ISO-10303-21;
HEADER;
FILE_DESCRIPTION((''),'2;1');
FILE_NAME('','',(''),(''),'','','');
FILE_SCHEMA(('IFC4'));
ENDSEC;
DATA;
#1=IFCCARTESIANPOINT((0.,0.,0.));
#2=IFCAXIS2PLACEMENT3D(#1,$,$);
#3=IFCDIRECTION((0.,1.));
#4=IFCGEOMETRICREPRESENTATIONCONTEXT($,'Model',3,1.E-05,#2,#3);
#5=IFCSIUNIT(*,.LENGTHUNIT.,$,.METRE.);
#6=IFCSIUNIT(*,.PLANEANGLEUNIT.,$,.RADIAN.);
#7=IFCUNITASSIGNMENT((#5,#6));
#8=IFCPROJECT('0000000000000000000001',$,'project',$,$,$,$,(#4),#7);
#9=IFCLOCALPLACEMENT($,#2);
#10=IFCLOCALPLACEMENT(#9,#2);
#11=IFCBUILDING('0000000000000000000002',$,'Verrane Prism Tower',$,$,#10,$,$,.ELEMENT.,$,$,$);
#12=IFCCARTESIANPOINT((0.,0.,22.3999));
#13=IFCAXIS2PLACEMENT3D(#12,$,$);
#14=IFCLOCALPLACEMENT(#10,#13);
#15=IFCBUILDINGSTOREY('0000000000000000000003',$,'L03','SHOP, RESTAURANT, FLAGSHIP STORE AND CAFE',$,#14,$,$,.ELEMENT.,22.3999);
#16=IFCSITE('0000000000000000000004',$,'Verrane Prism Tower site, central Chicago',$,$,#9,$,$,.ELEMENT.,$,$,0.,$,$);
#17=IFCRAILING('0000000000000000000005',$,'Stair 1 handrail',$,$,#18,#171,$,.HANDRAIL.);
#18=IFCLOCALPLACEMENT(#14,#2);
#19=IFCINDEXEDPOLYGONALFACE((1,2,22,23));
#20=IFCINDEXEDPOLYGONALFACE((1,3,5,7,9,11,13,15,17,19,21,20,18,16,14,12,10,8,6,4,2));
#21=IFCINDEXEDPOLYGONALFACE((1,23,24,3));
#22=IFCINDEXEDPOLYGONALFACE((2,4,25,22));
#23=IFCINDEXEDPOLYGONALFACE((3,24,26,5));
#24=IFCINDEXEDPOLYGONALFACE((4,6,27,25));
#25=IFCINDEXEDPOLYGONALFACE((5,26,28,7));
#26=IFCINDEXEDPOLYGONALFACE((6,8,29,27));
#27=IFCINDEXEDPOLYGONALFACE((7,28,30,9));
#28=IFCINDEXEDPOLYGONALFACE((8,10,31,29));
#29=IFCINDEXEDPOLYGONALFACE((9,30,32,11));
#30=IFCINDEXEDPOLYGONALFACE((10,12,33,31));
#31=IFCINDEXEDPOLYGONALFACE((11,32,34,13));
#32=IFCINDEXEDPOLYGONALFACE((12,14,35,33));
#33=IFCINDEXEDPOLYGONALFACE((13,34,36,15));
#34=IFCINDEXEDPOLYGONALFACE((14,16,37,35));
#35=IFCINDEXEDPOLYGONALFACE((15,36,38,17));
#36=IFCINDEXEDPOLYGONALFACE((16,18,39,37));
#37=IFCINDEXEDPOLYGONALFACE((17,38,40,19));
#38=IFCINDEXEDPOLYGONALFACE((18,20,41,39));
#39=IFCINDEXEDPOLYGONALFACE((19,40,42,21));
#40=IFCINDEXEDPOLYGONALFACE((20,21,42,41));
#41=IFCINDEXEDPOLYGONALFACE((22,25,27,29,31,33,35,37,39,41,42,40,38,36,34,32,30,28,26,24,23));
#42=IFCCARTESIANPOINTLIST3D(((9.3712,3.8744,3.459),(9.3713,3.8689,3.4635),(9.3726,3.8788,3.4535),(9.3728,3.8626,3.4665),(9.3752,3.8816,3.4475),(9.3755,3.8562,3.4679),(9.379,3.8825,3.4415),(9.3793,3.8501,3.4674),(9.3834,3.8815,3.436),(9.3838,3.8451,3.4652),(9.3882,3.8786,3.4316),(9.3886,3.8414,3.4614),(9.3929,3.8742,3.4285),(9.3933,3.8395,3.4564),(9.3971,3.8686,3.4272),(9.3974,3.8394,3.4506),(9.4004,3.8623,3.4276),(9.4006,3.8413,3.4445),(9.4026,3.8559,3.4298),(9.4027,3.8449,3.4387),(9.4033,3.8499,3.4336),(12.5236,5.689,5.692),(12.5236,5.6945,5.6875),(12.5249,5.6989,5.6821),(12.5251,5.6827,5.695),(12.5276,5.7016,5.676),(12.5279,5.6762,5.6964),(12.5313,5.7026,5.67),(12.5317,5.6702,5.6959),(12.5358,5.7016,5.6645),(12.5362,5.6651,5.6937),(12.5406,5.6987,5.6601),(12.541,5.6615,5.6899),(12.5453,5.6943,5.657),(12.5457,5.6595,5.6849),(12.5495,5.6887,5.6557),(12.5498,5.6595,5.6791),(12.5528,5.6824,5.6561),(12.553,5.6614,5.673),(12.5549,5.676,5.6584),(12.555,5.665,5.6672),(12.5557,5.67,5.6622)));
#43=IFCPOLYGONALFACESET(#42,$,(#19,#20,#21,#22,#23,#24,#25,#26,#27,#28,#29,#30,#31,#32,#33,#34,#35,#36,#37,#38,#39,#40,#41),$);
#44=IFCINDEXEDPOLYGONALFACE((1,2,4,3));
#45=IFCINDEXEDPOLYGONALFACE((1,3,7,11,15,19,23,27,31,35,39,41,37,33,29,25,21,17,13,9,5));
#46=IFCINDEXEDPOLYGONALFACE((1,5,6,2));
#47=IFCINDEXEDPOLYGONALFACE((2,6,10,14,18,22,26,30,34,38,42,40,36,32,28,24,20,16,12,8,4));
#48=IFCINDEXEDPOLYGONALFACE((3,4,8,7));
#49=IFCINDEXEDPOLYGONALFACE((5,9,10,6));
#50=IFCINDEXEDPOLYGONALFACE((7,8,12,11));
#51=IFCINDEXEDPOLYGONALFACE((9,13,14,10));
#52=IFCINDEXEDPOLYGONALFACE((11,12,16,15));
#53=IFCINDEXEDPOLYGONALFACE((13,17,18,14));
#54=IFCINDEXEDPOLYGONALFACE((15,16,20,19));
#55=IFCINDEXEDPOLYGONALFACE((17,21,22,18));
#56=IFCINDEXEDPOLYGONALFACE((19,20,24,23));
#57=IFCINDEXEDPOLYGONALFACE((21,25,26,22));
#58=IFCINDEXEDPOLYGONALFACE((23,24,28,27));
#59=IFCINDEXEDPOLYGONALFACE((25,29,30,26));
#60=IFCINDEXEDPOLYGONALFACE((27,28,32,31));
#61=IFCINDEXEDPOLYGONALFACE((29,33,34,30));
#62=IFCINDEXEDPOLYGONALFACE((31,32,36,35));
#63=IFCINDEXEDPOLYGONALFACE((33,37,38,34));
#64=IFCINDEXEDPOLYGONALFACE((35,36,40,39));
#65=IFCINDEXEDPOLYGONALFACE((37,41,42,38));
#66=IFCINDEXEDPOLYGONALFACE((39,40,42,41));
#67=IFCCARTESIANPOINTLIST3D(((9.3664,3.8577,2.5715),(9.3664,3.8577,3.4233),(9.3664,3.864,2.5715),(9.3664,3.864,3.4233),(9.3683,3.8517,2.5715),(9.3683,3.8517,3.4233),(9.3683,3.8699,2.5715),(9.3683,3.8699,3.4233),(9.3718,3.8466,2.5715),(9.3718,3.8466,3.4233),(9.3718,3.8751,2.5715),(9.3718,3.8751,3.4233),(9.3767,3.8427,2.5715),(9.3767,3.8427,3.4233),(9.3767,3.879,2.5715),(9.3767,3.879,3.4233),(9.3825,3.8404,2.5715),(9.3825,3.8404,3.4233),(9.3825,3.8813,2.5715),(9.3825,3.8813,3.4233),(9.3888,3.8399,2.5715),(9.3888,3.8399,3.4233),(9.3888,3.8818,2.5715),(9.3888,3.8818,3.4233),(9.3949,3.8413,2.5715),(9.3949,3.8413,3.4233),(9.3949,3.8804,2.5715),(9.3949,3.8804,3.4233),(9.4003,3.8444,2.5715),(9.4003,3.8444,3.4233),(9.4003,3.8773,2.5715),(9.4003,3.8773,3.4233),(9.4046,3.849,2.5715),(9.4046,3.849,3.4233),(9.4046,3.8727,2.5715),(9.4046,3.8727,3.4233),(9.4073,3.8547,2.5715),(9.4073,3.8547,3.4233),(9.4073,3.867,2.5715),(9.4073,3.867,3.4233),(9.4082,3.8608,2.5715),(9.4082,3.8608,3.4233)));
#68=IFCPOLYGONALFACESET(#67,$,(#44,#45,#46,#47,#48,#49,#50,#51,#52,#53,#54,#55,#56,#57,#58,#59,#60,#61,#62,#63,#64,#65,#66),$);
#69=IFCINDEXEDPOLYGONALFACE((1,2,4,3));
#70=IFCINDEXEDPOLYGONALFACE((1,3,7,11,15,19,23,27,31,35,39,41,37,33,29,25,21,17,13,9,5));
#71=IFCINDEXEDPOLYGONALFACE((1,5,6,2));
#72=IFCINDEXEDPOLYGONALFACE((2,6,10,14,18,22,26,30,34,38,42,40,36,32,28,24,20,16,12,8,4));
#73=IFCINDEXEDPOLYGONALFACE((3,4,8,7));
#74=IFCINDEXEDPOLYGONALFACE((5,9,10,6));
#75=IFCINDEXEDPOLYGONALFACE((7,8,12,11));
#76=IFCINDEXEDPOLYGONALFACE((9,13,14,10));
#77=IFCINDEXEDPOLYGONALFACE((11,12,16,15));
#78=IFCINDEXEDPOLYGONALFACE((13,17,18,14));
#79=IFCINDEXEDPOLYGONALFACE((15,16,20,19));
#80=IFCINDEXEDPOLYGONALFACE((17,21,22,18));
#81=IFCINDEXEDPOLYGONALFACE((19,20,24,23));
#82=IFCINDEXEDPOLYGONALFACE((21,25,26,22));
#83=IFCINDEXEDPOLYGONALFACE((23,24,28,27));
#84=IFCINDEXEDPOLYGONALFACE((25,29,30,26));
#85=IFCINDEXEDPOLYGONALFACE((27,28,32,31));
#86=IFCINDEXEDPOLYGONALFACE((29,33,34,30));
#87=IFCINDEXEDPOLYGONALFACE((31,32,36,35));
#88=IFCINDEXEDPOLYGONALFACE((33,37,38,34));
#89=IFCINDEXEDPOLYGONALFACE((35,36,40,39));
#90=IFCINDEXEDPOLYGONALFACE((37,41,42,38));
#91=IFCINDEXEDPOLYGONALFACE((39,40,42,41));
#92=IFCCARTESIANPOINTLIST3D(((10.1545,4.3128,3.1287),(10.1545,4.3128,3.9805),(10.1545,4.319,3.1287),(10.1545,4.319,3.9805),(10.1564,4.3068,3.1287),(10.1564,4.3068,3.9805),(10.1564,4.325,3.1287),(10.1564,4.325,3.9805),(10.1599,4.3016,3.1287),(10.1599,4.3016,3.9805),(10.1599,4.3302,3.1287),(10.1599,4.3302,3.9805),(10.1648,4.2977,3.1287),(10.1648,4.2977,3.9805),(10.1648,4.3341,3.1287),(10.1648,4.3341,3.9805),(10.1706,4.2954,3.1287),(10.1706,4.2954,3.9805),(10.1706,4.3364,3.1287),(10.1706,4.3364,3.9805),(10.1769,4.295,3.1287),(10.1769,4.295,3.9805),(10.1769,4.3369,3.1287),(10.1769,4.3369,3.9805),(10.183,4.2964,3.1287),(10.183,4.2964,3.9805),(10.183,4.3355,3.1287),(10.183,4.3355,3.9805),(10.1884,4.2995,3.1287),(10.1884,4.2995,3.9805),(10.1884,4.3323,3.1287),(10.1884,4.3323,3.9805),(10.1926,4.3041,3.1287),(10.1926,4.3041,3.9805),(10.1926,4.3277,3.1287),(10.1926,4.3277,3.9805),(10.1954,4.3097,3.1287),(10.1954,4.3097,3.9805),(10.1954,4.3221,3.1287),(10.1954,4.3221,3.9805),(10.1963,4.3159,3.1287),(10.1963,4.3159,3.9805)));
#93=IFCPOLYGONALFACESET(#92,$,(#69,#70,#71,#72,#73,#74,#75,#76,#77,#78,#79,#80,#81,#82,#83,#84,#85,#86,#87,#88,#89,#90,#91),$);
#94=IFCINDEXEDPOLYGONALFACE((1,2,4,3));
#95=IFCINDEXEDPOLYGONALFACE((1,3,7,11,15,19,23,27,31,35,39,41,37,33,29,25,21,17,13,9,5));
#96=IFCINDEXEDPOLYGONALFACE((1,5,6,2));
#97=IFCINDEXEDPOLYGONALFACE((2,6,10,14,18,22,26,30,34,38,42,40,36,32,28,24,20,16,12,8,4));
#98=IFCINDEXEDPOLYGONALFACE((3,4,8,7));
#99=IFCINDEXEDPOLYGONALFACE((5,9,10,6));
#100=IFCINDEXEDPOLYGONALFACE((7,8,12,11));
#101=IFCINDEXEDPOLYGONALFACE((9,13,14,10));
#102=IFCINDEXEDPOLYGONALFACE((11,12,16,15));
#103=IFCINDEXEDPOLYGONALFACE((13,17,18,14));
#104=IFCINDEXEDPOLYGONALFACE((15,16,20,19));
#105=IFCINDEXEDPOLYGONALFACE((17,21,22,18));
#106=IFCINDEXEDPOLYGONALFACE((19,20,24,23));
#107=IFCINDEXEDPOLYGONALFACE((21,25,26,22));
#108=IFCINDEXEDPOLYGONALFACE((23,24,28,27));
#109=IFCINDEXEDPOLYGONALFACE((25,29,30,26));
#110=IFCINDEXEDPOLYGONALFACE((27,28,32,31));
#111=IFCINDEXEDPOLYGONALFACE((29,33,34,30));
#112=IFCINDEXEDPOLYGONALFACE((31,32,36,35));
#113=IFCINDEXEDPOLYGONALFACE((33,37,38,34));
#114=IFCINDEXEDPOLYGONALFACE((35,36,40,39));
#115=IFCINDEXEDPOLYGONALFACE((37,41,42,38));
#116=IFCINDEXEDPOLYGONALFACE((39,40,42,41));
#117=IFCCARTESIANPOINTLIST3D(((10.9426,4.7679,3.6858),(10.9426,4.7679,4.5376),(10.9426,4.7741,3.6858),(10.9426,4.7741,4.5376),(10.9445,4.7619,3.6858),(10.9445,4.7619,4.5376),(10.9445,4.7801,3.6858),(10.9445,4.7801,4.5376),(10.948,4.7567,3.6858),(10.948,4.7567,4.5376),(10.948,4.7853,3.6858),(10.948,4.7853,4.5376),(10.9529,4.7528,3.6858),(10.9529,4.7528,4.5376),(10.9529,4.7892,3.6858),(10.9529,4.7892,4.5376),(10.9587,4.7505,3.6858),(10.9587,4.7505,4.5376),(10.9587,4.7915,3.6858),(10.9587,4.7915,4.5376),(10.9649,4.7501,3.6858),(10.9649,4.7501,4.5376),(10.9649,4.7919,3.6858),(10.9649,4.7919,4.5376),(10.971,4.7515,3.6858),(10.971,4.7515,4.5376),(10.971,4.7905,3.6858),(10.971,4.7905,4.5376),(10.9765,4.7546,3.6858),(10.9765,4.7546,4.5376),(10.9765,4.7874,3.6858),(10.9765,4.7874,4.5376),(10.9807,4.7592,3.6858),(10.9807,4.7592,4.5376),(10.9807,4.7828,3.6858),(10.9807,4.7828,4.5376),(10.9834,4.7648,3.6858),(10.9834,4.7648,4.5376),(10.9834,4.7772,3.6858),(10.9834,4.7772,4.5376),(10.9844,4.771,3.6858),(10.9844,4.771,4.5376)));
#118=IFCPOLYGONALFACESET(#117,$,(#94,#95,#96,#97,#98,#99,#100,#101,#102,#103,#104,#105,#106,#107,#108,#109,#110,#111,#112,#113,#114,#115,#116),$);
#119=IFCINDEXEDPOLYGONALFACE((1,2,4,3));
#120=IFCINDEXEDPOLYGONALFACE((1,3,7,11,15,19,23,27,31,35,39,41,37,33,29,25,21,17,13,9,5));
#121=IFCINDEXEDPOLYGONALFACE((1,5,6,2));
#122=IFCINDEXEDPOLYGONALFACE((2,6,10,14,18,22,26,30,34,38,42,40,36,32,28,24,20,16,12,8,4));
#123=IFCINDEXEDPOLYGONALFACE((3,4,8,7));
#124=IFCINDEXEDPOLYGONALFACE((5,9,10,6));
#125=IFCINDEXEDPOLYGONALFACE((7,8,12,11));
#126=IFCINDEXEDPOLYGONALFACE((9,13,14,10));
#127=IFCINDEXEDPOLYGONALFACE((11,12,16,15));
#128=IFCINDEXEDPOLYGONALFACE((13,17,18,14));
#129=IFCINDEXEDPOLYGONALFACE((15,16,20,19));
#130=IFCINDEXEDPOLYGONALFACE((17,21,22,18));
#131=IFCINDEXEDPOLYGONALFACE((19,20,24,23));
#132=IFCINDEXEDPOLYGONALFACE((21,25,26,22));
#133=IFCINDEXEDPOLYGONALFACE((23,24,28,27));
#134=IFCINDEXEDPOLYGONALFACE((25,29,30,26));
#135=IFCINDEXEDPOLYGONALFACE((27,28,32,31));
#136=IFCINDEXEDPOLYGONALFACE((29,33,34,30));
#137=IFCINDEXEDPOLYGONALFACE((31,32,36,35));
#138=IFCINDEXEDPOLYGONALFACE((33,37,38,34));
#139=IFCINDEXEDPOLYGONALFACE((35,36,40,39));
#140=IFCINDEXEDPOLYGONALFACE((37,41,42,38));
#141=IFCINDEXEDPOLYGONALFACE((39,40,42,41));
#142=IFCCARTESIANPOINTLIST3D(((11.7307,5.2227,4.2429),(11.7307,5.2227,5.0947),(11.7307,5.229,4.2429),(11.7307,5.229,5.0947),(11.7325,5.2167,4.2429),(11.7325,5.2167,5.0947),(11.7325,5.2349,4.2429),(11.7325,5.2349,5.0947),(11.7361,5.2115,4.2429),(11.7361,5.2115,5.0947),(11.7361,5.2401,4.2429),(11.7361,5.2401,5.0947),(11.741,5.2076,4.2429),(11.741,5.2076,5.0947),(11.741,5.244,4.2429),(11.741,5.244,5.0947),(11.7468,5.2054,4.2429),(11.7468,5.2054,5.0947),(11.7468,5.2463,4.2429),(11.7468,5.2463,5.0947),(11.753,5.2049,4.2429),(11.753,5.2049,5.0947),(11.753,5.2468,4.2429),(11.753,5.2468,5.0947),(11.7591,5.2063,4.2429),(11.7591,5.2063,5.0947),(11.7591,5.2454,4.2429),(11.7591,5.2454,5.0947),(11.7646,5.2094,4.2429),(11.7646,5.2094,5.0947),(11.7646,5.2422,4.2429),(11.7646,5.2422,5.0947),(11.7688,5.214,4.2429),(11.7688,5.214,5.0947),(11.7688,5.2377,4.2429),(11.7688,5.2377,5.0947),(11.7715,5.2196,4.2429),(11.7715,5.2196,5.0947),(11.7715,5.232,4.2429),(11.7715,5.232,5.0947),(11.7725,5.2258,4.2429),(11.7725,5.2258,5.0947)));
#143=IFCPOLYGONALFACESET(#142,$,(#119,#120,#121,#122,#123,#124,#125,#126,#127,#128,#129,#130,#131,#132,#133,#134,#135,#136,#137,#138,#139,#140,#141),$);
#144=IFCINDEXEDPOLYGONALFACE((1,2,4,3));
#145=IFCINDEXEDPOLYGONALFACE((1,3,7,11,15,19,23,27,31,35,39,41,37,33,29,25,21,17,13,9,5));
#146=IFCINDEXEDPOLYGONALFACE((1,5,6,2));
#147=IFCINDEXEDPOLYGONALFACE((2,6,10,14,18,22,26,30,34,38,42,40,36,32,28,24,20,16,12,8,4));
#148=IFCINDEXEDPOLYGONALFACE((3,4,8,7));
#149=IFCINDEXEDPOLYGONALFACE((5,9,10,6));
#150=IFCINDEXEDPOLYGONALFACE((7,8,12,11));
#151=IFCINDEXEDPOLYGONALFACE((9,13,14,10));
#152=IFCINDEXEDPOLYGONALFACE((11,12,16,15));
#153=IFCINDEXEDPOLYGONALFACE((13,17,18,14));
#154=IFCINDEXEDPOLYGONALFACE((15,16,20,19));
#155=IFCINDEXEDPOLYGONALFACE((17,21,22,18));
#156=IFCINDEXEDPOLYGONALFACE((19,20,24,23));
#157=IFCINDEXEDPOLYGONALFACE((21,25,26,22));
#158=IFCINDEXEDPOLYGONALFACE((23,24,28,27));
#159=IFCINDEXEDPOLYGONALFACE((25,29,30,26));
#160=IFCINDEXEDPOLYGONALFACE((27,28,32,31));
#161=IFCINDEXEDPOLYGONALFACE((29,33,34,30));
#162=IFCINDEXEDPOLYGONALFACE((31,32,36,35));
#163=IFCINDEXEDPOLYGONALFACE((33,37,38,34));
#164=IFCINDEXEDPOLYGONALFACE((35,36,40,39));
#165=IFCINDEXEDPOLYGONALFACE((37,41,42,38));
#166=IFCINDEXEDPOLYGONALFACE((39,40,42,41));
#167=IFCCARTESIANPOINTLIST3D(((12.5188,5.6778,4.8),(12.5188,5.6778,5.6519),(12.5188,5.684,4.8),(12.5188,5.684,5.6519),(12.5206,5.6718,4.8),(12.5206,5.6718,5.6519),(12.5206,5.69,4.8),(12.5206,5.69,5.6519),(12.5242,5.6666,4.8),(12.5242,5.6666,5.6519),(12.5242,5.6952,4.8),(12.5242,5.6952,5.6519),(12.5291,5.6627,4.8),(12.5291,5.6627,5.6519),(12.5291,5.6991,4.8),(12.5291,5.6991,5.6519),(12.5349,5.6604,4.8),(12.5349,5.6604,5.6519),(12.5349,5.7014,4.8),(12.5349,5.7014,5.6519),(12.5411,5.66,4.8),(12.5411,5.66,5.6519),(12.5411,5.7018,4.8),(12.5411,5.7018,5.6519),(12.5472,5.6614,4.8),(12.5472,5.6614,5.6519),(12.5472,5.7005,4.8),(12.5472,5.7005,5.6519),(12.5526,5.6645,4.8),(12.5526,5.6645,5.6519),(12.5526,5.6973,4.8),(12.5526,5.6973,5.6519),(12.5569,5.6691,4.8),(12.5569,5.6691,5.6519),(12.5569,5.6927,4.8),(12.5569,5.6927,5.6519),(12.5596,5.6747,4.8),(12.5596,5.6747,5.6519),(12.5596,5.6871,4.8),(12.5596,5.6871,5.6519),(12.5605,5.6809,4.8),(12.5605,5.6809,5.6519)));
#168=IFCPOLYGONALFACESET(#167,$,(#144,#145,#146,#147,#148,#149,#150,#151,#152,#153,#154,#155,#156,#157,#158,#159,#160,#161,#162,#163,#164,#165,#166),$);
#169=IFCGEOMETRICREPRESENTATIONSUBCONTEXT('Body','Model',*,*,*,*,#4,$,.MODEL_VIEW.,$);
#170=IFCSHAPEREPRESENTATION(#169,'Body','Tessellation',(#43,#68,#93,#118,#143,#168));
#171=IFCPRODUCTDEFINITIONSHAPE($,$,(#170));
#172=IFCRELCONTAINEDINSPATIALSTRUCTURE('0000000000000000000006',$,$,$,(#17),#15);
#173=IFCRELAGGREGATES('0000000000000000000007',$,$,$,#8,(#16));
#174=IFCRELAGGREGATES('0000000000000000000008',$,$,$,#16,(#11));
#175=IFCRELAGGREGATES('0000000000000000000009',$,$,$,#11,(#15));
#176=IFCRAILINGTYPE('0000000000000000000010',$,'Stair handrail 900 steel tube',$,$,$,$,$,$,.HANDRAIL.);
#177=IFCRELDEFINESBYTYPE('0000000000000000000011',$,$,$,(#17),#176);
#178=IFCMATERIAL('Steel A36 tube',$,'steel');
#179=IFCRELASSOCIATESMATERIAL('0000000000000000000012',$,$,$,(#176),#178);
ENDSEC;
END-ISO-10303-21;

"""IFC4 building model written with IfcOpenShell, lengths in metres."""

from ifc_helpers import new_model, si_unit, direction, frame, origin, origin_2d, place, context, subcontext, project, spatial, circle, extrude, material, type_object, element, save


model = new_model("IFC4")

# Units and contexts
model_context = context("Model", 3, precision=1e-05, world=origin(), true_north=direction((0.0, 1.0)))
body_context = subcontext(model_context, "Body", "Model", "MODEL_VIEW")
ifc_project = project(units=[si_unit("LENGTHUNIT", "METRE"), si_unit("PLANEANGLEUNIT", "RADIAN")], contexts=[model_context])

# Site, building, storey
site_placement = place(None, origin())
site = spatial("IfcSite", under=ifc_project, at=site_placement, Name="Verrane Prism Tower site, central Chicago", CompositionType="ELEMENT", RefElevation=0.0)
building_placement = place(site_placement, origin())
building = spatial("IfcBuilding", under=site, at=building_placement, Name="Verrane Prism Tower", CompositionType="ELEMENT")
storey_placement = place(building_placement, frame((0.0, 0.0, 22.3999)))
storey = spatial("IfcBuildingStorey", under=building, at=storey_placement, Name="L03", Description="SHOP, RESTAURANT, FLAGSHIP STORE AND CAFE", CompositionType="ELEMENT", Elevation=22.3999)

# Railing
ifc_material_1 = material(Name="Steel A36 tube", Category="steel")
railing_type_1 = type_object("IfcRailingType", Name="Stair handrail 900 steel tube", PredefinedType="HANDRAIL", material=ifc_material_1)
railing_1_placement = place(storey_placement, frame((9.3872, 3.8608, 2.5715)))
element("IfcRailing", 1, at=railing_1_placement, inside=storey, type_object=railing_type_1, Name="Stair 1 handrail", PredefinedType="HANDRAIL", context=body_context, shape_type="SweptSolid", body=[
    extrude(circle(Radius=0.0239, at=origin_2d()), frame((0.0, 0.0, 0.876), z_axis=(0.738592, 0.426441, 0.52214), x_axis=(-0.500013, 0.866018, 0.0)), (0.0, 0.0, 1.0), 4.2681),
    extrude(circle(Radius=0.021, at=origin_2d()), origin(), (0.0, 0.0, 1.0), 0.8518),
    extrude(circle(Radius=0.021, at=origin_2d()), frame((0.7881, 0.4551, 0.5571)), (0.0, 0.0, 1.0), 0.8518),
    extrude(circle(Radius=0.021, at=origin_2d()), frame((1.5762, 0.9102, 1.1143)), (0.0, 0.0, 1.0), 0.8518),
    extrude(circle(Radius=0.021, at=origin_2d()), frame((2.3643, 1.365, 1.6714)), (0.0, 0.0, 1.0), 0.8518),
    extrude(circle(Radius=0.021, at=origin_2d()), frame((3.1523, 1.8201, 2.2285)), (0.0, 0.0, 1.0), 0.8518),
])

save(model, "model.ifc")
